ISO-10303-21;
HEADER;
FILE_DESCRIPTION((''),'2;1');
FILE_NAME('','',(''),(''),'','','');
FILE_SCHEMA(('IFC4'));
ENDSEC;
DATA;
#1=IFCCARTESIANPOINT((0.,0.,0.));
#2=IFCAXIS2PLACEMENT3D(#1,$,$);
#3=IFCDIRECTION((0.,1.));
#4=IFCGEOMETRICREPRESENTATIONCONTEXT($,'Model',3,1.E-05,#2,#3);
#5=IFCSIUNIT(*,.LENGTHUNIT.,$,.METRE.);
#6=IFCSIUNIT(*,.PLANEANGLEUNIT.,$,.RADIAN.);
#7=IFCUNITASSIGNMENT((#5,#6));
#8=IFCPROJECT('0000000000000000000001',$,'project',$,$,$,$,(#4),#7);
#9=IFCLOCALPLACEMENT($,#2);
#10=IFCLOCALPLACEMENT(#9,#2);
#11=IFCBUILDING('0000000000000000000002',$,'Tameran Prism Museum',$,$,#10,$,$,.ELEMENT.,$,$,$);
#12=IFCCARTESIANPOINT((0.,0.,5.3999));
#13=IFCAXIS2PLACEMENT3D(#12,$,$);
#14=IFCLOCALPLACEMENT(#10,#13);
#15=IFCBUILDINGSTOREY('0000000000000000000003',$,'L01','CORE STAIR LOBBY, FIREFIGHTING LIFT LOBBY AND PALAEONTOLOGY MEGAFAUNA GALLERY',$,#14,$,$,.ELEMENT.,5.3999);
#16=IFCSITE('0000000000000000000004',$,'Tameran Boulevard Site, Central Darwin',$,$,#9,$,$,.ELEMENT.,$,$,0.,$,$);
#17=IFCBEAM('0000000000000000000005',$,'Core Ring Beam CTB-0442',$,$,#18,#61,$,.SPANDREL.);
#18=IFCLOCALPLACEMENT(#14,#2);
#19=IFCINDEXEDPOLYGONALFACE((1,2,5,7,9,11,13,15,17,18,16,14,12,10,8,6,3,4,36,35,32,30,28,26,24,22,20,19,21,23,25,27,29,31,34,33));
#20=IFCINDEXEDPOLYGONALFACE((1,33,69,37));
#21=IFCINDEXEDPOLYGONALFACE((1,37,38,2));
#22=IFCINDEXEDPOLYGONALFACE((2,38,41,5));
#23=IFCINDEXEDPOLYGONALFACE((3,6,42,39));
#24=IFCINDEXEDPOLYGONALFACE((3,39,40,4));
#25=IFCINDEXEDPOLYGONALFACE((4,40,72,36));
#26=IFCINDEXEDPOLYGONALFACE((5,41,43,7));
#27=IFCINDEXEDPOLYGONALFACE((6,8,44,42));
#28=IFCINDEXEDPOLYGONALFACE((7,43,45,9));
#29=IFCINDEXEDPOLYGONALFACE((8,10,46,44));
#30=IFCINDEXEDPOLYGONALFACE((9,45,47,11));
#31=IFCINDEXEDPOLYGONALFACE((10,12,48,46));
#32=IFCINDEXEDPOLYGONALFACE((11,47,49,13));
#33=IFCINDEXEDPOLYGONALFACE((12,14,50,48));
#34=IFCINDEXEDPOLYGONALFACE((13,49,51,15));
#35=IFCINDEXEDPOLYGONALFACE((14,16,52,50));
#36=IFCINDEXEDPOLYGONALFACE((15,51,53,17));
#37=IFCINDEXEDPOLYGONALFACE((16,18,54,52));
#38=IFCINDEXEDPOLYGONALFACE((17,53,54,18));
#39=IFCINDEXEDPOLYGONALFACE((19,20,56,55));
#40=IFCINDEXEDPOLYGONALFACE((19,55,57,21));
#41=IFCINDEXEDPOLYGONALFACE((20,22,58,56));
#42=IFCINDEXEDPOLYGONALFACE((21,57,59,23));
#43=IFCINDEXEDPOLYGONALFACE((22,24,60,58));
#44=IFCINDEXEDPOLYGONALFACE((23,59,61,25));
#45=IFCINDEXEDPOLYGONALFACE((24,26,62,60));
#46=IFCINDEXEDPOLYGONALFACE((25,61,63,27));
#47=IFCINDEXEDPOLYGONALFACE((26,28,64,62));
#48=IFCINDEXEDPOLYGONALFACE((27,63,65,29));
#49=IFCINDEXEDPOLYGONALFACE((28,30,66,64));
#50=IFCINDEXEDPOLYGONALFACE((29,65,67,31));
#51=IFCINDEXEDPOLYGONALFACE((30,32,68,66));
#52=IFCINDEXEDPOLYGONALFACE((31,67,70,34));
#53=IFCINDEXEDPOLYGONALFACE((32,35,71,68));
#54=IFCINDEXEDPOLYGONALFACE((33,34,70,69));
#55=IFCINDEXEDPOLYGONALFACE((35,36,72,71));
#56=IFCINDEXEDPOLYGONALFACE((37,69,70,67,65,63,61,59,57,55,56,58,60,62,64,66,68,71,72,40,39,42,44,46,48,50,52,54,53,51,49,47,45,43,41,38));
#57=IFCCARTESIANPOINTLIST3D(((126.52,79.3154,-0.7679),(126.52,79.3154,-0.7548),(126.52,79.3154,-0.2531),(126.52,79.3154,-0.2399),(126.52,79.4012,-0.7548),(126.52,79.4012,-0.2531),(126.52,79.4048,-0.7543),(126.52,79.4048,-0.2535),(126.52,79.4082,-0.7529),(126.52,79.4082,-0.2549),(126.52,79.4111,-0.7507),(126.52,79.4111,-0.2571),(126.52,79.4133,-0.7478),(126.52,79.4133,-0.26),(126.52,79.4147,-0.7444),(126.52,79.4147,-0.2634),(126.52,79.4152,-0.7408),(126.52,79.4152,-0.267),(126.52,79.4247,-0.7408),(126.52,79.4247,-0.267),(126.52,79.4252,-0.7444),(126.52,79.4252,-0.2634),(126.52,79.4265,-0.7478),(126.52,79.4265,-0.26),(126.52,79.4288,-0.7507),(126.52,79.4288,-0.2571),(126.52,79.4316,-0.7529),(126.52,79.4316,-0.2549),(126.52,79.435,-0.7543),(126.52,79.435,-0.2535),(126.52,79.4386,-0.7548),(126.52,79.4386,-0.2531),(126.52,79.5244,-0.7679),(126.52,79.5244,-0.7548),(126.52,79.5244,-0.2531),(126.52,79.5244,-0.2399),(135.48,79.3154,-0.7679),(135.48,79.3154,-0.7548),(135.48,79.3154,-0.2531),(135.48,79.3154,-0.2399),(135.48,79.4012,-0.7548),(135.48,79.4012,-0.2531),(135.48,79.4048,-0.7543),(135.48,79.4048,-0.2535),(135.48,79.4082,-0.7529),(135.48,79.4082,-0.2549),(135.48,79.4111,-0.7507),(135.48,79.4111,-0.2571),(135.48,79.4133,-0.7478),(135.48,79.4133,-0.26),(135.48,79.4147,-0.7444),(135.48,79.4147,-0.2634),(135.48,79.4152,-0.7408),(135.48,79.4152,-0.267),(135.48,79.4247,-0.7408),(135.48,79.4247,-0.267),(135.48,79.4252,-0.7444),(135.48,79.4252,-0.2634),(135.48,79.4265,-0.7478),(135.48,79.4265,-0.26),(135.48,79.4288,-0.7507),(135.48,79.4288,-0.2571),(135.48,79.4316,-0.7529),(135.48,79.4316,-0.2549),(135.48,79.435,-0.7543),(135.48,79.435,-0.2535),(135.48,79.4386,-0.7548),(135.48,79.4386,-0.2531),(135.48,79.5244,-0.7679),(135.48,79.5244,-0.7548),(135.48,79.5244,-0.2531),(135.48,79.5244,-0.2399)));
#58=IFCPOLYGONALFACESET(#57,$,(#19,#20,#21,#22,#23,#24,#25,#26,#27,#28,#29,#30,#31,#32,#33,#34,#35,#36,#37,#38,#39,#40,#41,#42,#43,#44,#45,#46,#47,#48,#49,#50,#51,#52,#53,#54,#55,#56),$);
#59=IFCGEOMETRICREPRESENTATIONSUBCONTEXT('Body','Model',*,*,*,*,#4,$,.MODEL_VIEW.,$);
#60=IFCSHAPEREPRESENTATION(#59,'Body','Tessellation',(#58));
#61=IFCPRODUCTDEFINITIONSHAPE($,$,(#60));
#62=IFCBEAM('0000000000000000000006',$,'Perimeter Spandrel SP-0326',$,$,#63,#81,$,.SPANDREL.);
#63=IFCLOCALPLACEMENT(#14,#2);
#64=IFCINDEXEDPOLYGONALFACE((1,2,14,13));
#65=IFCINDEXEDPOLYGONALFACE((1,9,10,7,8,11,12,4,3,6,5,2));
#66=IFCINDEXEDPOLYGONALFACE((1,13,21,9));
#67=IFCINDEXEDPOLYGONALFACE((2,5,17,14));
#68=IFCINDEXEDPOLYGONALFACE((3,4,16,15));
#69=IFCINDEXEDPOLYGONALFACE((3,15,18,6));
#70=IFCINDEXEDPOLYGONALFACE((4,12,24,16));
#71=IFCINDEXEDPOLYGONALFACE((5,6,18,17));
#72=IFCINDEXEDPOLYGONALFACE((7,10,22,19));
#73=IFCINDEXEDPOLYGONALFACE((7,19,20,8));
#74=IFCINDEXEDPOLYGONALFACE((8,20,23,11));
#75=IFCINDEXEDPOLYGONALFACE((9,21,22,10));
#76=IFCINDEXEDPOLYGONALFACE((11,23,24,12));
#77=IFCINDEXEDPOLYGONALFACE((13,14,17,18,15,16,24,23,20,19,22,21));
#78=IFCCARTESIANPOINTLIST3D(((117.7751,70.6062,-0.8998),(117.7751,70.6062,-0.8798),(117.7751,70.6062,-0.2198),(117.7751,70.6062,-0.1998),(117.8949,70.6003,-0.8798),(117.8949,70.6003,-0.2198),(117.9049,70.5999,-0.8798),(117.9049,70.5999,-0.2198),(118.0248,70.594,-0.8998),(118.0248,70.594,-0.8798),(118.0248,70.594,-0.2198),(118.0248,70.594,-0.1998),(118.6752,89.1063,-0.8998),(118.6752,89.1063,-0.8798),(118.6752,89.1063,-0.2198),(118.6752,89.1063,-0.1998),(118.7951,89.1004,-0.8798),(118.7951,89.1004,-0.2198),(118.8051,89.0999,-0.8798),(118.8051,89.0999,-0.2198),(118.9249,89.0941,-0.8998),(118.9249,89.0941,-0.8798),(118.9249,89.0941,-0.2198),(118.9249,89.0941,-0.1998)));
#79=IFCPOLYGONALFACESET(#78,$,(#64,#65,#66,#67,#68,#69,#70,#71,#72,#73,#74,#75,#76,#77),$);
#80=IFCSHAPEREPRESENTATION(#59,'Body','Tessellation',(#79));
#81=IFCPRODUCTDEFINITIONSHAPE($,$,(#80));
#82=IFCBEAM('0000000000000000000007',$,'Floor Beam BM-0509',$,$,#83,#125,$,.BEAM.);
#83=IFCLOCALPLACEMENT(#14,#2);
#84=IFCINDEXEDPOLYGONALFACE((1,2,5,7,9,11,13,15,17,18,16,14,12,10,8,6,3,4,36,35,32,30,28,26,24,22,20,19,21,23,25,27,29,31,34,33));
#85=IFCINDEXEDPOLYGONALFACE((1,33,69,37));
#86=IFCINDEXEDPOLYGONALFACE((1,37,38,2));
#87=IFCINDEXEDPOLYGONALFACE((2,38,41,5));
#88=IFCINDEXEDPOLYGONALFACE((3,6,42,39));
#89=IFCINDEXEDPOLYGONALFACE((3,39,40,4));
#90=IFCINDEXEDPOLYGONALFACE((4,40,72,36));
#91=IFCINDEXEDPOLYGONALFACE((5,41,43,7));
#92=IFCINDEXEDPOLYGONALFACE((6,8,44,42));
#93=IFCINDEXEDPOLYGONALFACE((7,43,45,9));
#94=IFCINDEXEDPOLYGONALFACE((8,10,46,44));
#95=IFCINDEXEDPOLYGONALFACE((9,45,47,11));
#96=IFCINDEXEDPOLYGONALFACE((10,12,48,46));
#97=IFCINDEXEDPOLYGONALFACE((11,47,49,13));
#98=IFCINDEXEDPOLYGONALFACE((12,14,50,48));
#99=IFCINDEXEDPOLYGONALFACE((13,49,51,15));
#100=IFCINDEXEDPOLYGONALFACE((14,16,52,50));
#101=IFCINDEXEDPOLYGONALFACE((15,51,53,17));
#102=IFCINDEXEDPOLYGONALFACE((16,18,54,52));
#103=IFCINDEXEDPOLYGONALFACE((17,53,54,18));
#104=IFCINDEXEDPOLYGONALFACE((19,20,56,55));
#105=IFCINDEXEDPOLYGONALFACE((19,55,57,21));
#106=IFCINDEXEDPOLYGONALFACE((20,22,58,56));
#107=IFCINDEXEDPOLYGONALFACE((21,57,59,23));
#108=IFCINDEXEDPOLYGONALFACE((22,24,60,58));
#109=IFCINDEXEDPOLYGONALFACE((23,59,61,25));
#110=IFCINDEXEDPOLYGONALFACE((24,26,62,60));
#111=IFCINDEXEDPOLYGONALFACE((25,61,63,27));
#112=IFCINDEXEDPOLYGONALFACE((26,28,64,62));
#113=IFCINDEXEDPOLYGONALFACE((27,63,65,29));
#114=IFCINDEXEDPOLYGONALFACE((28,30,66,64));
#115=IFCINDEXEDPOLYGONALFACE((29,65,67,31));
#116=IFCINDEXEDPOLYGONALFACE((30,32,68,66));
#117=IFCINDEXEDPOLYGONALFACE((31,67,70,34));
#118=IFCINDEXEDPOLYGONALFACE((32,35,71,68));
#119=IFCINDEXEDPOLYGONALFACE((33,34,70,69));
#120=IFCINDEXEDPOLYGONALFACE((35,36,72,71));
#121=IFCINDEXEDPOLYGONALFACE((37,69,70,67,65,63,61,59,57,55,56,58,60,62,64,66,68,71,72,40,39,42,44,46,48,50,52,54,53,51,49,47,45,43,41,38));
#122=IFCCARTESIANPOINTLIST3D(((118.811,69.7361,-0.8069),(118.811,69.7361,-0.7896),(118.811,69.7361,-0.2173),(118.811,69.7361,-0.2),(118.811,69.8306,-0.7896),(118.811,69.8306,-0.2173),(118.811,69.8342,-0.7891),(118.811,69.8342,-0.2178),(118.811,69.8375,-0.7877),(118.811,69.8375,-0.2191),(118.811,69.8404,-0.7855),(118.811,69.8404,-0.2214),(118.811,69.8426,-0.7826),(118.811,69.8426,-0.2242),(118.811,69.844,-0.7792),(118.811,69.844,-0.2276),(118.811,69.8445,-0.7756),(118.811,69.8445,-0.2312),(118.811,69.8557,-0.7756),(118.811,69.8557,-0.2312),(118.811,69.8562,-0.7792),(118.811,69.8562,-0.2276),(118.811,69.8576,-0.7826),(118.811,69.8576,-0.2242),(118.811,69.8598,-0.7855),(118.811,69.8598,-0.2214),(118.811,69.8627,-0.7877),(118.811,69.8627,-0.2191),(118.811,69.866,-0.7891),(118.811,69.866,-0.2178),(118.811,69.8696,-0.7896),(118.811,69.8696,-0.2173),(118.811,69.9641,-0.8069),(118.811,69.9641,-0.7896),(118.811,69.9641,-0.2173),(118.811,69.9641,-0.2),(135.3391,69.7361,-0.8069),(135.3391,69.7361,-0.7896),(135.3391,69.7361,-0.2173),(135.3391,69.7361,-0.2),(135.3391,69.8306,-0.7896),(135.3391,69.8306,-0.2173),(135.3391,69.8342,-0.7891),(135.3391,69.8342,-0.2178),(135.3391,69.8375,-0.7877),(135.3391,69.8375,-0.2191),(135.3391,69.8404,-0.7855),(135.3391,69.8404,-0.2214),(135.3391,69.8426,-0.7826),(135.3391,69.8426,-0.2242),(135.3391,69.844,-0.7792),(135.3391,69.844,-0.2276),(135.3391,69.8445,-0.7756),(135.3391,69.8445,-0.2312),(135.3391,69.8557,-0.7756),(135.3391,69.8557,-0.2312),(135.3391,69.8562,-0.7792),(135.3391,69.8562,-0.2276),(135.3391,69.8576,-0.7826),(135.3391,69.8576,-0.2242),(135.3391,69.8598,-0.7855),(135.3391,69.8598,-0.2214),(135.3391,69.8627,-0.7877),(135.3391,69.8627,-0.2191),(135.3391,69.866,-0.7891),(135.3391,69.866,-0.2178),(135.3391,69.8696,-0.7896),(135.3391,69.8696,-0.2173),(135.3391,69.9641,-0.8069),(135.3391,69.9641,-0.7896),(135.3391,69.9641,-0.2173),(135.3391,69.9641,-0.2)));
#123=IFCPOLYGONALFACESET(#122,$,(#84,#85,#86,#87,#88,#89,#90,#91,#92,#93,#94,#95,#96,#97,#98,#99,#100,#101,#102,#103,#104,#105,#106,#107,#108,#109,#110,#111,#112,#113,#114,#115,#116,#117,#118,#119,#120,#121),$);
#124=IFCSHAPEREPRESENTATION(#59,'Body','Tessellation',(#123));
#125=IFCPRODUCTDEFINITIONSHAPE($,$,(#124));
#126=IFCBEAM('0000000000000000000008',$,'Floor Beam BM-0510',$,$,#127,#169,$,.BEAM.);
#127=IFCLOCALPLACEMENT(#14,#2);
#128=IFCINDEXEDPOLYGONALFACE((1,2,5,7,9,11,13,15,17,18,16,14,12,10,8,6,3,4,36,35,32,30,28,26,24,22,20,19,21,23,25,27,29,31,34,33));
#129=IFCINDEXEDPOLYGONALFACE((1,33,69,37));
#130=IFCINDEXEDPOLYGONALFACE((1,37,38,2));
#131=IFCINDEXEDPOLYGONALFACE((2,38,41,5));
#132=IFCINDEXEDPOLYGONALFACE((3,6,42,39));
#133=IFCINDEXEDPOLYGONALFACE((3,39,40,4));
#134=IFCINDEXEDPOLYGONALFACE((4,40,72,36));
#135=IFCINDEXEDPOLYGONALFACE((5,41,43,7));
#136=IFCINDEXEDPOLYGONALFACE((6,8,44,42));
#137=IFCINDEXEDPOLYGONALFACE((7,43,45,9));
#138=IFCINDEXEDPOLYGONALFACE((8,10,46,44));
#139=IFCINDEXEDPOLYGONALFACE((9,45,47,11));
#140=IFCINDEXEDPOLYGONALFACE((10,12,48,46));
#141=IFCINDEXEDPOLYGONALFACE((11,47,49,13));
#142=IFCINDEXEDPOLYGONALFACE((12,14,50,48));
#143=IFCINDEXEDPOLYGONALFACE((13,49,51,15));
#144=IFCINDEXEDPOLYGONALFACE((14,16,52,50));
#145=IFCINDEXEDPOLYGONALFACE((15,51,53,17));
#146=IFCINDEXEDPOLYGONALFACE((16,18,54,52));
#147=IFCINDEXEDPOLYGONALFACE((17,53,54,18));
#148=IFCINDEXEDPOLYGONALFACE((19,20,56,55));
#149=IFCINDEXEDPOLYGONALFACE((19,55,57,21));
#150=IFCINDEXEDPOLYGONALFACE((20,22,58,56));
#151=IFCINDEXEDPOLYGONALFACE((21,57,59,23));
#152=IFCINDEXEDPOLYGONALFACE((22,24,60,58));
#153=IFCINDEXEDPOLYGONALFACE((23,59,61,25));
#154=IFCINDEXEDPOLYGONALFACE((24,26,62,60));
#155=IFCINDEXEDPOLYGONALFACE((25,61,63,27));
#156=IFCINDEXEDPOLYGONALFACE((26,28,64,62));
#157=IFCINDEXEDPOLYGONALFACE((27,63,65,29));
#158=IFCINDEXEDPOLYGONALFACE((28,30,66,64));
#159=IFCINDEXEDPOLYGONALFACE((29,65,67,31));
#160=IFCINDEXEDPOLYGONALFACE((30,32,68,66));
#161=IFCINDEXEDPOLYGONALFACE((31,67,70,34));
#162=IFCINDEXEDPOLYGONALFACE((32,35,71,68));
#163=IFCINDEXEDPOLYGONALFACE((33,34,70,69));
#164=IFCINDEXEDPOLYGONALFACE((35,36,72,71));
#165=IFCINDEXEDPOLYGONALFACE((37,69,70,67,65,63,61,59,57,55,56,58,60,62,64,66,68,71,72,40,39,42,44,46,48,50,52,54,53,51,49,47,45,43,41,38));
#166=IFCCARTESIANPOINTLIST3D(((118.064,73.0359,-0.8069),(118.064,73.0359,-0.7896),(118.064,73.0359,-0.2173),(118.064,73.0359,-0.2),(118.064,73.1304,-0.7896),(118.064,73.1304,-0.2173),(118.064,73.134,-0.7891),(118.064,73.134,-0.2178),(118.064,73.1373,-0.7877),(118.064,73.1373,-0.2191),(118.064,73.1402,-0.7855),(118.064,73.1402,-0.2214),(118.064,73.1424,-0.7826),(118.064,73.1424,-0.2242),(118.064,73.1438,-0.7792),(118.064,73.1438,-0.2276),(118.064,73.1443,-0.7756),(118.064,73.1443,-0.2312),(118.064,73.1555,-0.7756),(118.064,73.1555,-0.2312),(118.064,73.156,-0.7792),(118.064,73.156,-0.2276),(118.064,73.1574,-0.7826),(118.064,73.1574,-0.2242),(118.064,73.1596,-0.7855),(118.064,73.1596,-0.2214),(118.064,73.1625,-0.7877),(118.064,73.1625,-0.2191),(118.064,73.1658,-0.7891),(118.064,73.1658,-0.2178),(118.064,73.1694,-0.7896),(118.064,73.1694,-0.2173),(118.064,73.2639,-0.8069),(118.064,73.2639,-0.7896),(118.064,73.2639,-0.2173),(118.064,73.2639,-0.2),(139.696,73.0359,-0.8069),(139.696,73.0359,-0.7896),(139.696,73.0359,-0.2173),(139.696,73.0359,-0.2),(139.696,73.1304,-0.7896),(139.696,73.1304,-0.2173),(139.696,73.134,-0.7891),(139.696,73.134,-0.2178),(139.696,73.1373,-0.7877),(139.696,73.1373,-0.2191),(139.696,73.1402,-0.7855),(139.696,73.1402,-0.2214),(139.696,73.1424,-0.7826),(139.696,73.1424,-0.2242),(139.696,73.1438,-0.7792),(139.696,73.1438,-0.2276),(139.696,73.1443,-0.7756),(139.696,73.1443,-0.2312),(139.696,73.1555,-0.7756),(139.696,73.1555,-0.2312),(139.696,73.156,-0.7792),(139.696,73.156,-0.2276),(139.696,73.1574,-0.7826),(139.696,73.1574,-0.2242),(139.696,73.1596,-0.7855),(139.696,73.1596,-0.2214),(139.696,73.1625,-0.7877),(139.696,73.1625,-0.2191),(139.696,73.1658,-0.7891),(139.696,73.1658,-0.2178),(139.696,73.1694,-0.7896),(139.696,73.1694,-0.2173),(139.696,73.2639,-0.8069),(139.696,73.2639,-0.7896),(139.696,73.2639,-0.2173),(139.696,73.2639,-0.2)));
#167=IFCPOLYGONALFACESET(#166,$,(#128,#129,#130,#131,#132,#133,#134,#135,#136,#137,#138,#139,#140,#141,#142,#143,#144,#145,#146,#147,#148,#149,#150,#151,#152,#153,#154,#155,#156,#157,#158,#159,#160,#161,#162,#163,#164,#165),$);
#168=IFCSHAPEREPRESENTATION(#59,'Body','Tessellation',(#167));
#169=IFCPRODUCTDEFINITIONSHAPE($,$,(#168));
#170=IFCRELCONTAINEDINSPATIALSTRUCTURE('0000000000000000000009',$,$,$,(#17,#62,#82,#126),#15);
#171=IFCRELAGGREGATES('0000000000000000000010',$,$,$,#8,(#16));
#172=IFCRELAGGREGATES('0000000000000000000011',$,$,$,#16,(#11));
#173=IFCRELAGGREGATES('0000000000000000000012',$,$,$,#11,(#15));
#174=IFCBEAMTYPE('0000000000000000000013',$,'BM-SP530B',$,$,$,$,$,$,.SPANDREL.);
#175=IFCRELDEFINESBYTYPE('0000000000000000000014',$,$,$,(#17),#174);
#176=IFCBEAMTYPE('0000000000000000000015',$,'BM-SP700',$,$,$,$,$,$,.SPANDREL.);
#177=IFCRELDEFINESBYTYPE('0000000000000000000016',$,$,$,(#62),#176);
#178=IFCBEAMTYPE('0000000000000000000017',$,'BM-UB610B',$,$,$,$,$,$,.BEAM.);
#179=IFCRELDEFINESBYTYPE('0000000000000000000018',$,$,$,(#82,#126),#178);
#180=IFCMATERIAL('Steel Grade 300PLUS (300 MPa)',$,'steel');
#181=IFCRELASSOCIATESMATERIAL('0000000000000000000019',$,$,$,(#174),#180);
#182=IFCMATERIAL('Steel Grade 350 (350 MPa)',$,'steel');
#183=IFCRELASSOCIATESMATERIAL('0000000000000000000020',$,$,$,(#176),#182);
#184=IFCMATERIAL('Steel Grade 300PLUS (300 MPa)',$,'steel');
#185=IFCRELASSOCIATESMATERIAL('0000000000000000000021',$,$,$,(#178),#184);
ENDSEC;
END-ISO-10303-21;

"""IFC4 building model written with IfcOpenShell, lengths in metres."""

from ifc_helpers import new_model, si_unit, direction, frame, origin, origin_2d, place, context, subcontext, project, spatial, i_section, extrude, material, material_profile, profile_set, type_object, element, save


model = new_model("IFC4")

# Units and contexts
model_context = context("Model", 3, precision=1e-05, world=origin(), true_north=direction((0.0, 1.0)))
body_context = subcontext(model_context, "Body", "Model", "MODEL_VIEW")
ifc_project = project(units=[si_unit("LENGTHUNIT", "METRE"), si_unit("PLANEANGLEUNIT", "RADIAN")], contexts=[model_context])

# Site, building, storey
site_placement = place(None, origin())
site = spatial("IfcSite", under=ifc_project, at=site_placement, Name="Tameran Boulevard Site, Central Darwin", CompositionType="ELEMENT", RefElevation=0.0)
building_placement = place(site_placement, origin())
building = spatial("IfcBuilding", under=site, at=building_placement, Name="Tameran Prism Museum", CompositionType="ELEMENT")
storey_placement = place(building_placement, frame((0.0, 0.0, 5.3999)))
storey = spatial("IfcBuildingStorey", under=building, at=storey_placement, Name="L01", Description="CORE STAIR LOBBY, FIREFIGHTING LIFT LOBBY AND PALAEONTOLOGY MEGAFAUNA GALLERY", CompositionType="ELEMENT", Elevation=5.3999)

# Beams
ifc_material_1 = material(Name="Steel Grade 300PLUS (300 MPa)", Category="steel")
ifc_material_profile_1 = material_profile(ifc_material_1, i_section(OverallWidth=0.209, OverallDepth=0.5281, WebThickness=0.0095, FlangeThickness=0.0132, FilletRadius=0.0139, at=origin_2d()))
ifc_profile_set_1 = profile_set([ifc_material_profile_1])
beam_type_1 = type_object("IfcBeamType", Name="BM-SP530B", PredefinedType="SPANDREL", material=ifc_profile_set_1)
beam_1_placement = place(storey_placement, frame((126.52, 79.4199, -0.5039), z_axis=(1.0, 0.0, 0.0), x_axis=(0.0, 1.0, 0.0)))
element("IfcBeam", 1, at=beam_1_placement, inside=storey, type_object=beam_type_1, Name="Core Ring Beam CTB-0442", PredefinedType="SPANDREL", context=body_context, shape_type="SweptSolid", body=[
    extrude(i_section(OverallWidth=0.209, OverallDepth=0.5281, WebThickness=0.0095, FlangeThickness=0.0132, FilletRadius=0.0139, at=origin_2d()), origin(), (0.0, 0.0, 1.0), 8.96),
])
ifc_material_2 = material(Name="Steel Grade 350 (350 MPa)", Category="steel")
ifc_material_profile_2 = material_profile(ifc_material_2, i_section(OverallWidth=0.25, OverallDepth=0.7, WebThickness=0.01, FlangeThickness=0.02, at=origin_2d()))
ifc_profile_set_2 = profile_set([ifc_material_profile_2])
beam_type_2 = type_object("IfcBeamType", Name="BM-SP700", PredefinedType="SPANDREL", material=ifc_profile_set_2)
beam_2_placement = place(storey_placement, frame((117.8999, 70.6001, -0.5498), z_axis=(0.048599, 0.998818, 0.0), x_axis=(-0.998818, 0.048599, 0.0)))
element("IfcBeam", 2, at=beam_2_placement, inside=storey, type_object=beam_type_2, Name="Perimeter Spandrel SP-0326", PredefinedType="SPANDREL", context=body_context, shape_type="SweptSolid", body=[
    extrude(i_section(OverallWidth=0.25, OverallDepth=0.7, WebThickness=0.01, FlangeThickness=0.02, at=origin_2d()), origin(), (0.0, 0.0, 1.0), 18.522),
])
ifc_material_3 = material(Name="Steel Grade 300PLUS (300 MPa)", Category="steel")
ifc_material_profile_3 = material_profile(ifc_material_3, i_section(OverallWidth=0.228, OverallDepth=0.6069, WebThickness=0.0112, FlangeThickness=0.0173, FilletRadius=0.0139, at=origin_2d()))
ifc_profile_set_3 = profile_set([ifc_material_profile_3])
beam_type_3 = type_object("IfcBeamType", Name="BM-UB610B", PredefinedType="BEAM", material=ifc_profile_set_3)
beam_3_placement = place(storey_placement, frame((118.811, 69.8501, -0.5034), z_axis=(1.0, 0.0, 0.0), x_axis=(0.0, 1.0, 0.0)))
element("IfcBeam", 3, at=beam_3_placement, inside=storey, type_object=beam_type_3, Name="Floor Beam BM-0509", PredefinedType="BEAM", context=body_context, shape_type="SweptSolid", body=[
    extrude(i_section(OverallWidth=0.228, OverallDepth=0.6069, WebThickness=0.0112, FlangeThickness=0.0173, FilletRadius=0.0139, at=origin_2d()), origin(), (0.0, 0.0, 1.0), 16.5281),
])
beam_4_placement = place(storey_placement, frame((118.064, 73.1499, -0.5034), z_axis=(1.0, 0.0, 0.0), x_axis=(0.0, 1.0, 0.0)))
element("IfcBeam", 4, at=beam_4_placement, inside=storey, type_object=beam_type_3, Name="Floor Beam BM-0510", PredefinedType="BEAM", context=body_context, shape_type="SweptSolid", body=[
    extrude(i_section(OverallWidth=0.228, OverallDepth=0.6069, WebThickness=0.0112, FlangeThickness=0.0173, FilletRadius=0.0139, at=origin_2d()), origin(), (0.0, 0.0, 1.0), 21.6321),
])

save(model, "model.ifc")
